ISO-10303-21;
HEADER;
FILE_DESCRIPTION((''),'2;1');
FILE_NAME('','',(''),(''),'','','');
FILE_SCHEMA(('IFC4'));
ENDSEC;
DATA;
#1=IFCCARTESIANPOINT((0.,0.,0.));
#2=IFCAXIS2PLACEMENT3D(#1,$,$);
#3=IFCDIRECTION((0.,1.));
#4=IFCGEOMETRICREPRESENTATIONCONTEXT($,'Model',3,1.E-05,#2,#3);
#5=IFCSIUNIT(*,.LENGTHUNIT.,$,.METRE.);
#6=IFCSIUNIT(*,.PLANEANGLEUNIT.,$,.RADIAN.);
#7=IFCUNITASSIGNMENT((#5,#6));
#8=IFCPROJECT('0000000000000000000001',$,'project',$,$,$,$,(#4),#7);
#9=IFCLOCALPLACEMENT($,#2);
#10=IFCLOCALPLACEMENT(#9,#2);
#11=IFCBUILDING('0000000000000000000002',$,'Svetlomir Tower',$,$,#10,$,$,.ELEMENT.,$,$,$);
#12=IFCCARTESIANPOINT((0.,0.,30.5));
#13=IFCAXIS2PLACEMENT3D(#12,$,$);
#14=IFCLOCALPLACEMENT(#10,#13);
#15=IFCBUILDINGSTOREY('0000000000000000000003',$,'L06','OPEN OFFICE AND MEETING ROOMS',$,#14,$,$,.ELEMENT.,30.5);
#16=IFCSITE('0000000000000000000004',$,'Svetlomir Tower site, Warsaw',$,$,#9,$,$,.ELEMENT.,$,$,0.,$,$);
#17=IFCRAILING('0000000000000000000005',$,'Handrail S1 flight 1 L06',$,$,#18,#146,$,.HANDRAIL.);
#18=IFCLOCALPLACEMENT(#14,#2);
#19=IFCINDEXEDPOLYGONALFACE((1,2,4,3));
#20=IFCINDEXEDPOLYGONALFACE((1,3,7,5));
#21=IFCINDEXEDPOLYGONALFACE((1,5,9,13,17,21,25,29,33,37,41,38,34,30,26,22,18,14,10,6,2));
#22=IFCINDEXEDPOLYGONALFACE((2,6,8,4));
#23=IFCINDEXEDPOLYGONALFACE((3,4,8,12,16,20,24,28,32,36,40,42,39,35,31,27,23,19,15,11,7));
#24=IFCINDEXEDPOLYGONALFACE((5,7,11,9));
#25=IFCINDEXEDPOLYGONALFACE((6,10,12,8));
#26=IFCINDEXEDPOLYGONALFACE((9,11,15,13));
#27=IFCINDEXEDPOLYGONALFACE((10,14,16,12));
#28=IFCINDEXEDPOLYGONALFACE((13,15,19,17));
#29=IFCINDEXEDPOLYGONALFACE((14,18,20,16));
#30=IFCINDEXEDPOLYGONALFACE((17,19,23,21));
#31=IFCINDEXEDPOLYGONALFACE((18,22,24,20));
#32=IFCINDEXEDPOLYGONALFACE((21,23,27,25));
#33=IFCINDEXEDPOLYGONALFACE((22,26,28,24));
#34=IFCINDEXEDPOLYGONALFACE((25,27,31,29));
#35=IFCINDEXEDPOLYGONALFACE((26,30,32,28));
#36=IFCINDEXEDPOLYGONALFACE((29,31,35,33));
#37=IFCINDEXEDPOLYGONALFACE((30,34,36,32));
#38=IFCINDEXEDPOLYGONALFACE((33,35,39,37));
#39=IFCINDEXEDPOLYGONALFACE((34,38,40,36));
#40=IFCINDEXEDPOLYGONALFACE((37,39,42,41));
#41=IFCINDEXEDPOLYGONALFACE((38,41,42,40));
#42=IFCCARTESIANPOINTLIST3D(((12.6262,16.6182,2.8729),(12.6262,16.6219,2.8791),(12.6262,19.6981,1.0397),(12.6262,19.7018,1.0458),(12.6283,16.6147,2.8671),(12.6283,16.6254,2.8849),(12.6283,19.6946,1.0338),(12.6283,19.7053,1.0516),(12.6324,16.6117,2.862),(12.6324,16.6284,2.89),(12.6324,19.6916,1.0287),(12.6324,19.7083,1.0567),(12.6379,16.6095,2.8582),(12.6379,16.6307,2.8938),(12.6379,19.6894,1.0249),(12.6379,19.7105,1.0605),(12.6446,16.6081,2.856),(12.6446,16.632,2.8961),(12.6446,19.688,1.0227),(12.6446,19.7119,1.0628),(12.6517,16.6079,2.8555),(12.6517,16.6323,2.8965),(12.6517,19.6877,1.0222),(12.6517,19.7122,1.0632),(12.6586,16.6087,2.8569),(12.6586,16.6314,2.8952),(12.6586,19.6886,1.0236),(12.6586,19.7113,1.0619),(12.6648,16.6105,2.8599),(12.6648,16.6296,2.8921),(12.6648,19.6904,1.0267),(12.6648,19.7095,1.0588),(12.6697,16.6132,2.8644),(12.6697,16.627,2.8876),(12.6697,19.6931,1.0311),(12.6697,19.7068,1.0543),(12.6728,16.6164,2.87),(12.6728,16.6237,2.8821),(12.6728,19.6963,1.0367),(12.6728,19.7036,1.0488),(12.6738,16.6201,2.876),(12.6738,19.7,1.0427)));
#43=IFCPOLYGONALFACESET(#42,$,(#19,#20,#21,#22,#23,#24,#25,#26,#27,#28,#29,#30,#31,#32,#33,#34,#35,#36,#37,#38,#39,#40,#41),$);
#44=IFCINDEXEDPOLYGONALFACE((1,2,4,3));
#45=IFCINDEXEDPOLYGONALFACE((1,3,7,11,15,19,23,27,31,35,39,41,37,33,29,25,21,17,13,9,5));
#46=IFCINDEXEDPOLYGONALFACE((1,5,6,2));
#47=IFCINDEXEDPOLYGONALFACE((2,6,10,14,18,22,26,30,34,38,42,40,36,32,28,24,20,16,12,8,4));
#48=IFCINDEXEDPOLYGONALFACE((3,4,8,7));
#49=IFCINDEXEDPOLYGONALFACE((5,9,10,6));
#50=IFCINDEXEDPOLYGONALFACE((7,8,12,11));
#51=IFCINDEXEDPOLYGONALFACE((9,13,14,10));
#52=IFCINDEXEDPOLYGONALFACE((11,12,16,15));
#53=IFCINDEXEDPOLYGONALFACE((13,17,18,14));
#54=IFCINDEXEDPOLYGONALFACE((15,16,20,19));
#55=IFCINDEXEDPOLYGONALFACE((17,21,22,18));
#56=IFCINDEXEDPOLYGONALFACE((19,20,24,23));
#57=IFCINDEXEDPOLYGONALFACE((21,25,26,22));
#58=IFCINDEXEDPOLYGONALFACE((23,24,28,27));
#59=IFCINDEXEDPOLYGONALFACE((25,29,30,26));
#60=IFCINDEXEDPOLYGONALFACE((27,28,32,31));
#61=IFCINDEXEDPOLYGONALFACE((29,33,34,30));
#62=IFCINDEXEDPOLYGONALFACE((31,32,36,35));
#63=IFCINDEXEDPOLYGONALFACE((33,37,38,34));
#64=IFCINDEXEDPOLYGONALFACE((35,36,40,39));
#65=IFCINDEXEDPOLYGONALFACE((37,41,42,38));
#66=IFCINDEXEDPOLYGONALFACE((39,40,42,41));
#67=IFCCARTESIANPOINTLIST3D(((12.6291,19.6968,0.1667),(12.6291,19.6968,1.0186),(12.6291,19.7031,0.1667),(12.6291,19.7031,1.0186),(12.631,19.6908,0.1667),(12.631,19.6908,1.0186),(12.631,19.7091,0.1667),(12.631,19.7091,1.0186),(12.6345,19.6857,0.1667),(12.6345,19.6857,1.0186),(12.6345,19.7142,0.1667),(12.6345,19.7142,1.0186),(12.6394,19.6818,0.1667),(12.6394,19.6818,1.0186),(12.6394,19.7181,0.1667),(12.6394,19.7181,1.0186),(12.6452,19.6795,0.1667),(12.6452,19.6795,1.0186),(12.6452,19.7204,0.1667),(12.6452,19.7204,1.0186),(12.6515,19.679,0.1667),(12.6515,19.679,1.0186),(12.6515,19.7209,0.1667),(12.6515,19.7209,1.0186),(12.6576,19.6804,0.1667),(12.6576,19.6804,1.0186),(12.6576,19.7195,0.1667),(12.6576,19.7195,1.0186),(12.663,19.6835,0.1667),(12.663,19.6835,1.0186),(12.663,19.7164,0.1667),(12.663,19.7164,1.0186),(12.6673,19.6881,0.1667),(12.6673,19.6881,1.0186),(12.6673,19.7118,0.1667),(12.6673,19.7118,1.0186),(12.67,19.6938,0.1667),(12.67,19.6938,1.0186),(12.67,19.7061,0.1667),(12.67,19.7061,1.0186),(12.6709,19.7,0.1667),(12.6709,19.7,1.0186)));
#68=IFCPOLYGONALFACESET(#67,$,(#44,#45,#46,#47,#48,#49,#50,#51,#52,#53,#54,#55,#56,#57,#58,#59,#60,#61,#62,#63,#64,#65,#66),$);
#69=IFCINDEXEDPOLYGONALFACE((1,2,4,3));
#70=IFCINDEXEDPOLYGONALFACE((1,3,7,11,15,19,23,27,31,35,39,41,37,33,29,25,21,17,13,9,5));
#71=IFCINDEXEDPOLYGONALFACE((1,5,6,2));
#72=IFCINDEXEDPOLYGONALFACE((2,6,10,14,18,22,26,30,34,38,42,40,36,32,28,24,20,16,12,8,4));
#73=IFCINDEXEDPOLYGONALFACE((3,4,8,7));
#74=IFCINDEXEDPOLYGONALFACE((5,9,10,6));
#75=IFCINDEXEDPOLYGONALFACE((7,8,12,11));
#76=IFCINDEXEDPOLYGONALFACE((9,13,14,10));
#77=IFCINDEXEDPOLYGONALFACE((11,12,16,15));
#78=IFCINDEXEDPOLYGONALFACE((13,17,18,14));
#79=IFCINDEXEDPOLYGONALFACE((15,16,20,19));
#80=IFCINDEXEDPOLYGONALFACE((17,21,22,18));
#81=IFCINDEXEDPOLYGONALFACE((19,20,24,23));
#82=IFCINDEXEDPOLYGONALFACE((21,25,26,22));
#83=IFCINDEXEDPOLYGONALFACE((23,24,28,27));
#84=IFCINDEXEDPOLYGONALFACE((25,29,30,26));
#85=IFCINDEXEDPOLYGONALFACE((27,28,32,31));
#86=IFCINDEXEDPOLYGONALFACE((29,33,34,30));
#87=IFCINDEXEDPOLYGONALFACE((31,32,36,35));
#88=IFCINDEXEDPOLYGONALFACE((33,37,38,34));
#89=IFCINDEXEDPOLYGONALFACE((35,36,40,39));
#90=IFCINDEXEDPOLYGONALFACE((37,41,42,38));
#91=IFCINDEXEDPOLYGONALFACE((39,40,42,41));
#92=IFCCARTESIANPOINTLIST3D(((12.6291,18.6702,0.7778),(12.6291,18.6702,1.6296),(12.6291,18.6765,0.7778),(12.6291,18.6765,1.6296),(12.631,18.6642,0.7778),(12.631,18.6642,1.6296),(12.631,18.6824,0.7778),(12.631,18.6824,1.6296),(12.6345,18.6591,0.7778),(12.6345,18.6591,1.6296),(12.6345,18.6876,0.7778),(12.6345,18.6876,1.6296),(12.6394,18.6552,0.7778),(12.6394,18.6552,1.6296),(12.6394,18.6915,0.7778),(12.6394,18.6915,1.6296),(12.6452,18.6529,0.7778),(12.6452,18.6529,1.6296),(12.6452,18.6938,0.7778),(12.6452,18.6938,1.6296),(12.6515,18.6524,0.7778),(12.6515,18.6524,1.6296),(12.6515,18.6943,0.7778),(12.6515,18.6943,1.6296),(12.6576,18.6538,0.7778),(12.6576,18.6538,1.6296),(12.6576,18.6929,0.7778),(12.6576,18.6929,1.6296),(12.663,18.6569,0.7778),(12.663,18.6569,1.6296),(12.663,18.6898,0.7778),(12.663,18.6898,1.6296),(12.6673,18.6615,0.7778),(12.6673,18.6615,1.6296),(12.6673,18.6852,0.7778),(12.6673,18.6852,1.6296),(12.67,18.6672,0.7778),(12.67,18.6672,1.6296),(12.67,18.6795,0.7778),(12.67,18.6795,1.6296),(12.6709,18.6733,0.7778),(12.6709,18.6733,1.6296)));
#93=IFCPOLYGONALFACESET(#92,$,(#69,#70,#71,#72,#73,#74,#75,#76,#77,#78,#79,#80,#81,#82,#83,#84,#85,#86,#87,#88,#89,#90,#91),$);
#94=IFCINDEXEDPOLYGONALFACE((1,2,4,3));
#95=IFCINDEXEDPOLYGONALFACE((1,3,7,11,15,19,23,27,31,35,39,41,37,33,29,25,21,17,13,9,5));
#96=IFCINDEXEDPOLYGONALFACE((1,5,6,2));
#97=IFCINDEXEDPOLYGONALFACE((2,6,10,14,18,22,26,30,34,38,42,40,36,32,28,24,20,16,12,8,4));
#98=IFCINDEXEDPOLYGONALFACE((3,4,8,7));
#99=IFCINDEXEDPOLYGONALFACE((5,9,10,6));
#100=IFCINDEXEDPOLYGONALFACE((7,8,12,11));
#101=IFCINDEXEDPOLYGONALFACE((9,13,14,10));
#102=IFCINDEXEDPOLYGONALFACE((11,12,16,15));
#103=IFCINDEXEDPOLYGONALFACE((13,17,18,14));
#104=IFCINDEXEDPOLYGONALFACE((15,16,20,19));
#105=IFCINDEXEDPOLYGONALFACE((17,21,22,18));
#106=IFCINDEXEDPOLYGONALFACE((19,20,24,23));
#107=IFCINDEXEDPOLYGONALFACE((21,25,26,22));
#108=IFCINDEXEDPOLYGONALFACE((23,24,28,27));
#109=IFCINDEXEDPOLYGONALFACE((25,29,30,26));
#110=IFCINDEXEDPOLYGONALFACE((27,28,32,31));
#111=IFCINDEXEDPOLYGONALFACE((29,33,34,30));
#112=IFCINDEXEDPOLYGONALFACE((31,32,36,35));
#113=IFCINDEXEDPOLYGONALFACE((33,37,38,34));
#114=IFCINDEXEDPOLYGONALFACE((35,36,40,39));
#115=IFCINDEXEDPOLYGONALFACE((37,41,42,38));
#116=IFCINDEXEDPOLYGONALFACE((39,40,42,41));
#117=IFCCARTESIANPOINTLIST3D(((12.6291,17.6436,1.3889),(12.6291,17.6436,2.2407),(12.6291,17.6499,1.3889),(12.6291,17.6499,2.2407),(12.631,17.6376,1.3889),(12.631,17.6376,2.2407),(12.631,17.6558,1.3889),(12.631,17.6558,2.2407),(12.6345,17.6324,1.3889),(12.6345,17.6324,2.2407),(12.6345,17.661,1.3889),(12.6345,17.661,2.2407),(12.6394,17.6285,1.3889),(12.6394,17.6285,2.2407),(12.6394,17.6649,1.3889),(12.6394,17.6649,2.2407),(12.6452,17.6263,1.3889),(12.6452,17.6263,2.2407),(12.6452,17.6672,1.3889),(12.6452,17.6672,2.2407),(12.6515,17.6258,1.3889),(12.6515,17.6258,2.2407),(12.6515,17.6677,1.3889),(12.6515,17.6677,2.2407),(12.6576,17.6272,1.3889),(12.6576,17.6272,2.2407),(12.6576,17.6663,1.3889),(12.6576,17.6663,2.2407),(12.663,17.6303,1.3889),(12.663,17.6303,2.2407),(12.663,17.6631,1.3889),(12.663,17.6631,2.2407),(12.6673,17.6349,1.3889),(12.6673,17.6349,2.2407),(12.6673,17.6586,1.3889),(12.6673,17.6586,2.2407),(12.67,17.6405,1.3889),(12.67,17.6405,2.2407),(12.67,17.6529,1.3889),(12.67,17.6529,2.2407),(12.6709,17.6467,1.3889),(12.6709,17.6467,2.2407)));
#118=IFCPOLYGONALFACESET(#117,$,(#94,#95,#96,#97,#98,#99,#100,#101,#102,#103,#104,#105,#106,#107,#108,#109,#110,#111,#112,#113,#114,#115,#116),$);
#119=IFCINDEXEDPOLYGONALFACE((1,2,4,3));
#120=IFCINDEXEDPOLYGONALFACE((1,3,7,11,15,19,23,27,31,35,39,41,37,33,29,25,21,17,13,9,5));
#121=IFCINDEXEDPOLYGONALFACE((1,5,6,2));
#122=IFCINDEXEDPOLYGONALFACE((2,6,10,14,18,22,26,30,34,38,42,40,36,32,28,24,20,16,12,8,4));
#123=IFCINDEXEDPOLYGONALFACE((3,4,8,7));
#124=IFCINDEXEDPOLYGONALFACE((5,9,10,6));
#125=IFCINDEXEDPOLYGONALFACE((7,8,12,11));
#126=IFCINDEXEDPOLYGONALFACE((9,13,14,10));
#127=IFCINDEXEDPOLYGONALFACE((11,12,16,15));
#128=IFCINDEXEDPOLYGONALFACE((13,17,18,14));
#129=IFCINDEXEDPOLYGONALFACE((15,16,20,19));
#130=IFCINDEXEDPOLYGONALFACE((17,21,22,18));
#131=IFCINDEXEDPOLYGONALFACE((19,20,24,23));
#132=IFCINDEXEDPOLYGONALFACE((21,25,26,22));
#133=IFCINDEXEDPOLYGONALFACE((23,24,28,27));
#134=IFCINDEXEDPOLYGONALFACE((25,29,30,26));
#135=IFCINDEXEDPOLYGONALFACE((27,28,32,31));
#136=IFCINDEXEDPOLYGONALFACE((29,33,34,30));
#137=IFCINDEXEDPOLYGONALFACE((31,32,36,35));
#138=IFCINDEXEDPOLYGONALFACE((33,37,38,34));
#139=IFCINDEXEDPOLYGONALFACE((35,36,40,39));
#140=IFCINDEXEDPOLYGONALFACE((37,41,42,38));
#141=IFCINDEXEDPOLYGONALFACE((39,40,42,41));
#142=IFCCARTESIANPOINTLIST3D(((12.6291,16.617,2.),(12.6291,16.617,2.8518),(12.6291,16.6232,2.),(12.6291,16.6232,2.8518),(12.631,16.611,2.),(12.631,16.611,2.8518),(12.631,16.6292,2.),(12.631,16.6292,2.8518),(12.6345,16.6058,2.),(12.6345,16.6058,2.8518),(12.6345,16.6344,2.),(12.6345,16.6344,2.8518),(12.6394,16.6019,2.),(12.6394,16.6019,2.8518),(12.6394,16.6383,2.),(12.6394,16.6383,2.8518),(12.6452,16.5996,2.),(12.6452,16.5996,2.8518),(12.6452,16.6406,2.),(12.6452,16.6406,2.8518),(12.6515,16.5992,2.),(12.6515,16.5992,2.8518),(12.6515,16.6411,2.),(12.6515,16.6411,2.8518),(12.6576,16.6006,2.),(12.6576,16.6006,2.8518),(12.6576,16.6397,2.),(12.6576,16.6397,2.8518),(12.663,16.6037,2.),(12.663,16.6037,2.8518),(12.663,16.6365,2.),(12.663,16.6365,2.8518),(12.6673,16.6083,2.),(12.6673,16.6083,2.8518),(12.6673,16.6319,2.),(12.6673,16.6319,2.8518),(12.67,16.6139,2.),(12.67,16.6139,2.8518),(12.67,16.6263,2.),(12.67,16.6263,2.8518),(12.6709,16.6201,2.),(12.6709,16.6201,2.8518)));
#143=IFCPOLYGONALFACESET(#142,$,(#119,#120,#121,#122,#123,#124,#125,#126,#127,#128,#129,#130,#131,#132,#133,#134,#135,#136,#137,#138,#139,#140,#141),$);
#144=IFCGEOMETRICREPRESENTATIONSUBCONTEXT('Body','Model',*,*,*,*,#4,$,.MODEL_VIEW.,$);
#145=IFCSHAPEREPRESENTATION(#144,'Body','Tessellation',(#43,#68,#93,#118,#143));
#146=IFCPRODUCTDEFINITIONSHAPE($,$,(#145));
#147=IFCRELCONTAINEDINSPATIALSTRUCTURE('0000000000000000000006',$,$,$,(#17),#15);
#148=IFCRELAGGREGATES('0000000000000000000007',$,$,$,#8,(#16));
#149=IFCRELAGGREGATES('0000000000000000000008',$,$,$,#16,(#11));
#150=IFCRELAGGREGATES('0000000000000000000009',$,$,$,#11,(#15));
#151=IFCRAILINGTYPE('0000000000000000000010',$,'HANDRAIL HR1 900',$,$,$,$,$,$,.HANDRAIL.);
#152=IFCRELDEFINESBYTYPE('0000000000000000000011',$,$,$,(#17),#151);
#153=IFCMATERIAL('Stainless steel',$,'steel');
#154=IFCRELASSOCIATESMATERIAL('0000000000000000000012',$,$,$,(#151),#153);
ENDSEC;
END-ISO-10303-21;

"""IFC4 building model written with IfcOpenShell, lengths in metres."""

from ifc_helpers import new_model, si_unit, direction, frame, origin, origin_2d, place, context, subcontext, project, spatial, circle, extrude, material, type_object, element, save


model = new_model("IFC4")

# Units and contexts
model_context = context("Model", 3, precision=1e-05, world=origin(), true_north=direction((0.0, 1.0)))
body_context = subcontext(model_context, "Body", "Model", "MODEL_VIEW")
ifc_project = project(units=[si_unit("LENGTHUNIT", "METRE"), si_unit("PLANEANGLEUNIT", "RADIAN")], contexts=[model_context])

# Site, building, storey
site_placement = place(None, origin())
site = spatial("IfcSite", under=ifc_project, at=site_placement, Name="Svetlomir Tower site, Warsaw", CompositionType="ELEMENT", RefElevation=0.0)
building_placement = place(site_placement, origin())
building = spatial("IfcBuilding", under=site, at=building_placement, Name="Svetlomir Tower", CompositionType="ELEMENT")
storey_placement = place(building_placement, frame((0.0, 0.0, 30.5)))
storey = spatial("IfcBuildingStorey", under=building, at=storey_placement, Name="L06", Description="OPEN OFFICE AND MEETING ROOMS", CompositionType="ELEMENT", Elevation=30.5)

# Railing
ifc_material_1 = material(Name="Stainless steel", Category="steel")
railing_type = type_object("IfcRailingType", Name="HANDRAIL HR1 900", PredefinedType="HANDRAIL", material=ifc_material_1)
railing_placement = place(storey_placement, frame((12.6499, 19.7, 0.1667)))
element("IfcRailing", 1, at=railing_placement, inside=storey, type_object=railing_type, Name="Handrail S1 flight 1 L06", PredefinedType="HANDRAIL", context=body_context, shape_type="SweptSolid", body=[
    extrude(circle(Radius=0.0239, at=origin_2d()), frame((0.0, 0.0, 0.876), z_axis=(0.0, -0.859291, 0.511487), x_axis=(1.0, 0.0, 0.0)), (0.0, 0.0, 1.0), 3.5842),
    extrude(circle(Radius=0.021, at=origin_2d()), origin(), (0.0, 0.0, 1.0), 0.8518),
    extrude(circle(Radius=0.021, at=origin_2d()), frame((0.0, -1.0266, 0.6111)), (0.0, 0.0, 1.0), 0.8518),
    extrude(circle(Radius=0.021, at=origin_2d()), frame((0.0, -2.0532, 1.2222)), (0.0, 0.0, 1.0), 0.8518),
    extrude(circle(Radius=0.021, at=origin_2d()), frame((0.0, -3.0798, 1.8333)), (0.0, 0.0, 1.0), 0.8518),
])

save(model, "model.ifc")
